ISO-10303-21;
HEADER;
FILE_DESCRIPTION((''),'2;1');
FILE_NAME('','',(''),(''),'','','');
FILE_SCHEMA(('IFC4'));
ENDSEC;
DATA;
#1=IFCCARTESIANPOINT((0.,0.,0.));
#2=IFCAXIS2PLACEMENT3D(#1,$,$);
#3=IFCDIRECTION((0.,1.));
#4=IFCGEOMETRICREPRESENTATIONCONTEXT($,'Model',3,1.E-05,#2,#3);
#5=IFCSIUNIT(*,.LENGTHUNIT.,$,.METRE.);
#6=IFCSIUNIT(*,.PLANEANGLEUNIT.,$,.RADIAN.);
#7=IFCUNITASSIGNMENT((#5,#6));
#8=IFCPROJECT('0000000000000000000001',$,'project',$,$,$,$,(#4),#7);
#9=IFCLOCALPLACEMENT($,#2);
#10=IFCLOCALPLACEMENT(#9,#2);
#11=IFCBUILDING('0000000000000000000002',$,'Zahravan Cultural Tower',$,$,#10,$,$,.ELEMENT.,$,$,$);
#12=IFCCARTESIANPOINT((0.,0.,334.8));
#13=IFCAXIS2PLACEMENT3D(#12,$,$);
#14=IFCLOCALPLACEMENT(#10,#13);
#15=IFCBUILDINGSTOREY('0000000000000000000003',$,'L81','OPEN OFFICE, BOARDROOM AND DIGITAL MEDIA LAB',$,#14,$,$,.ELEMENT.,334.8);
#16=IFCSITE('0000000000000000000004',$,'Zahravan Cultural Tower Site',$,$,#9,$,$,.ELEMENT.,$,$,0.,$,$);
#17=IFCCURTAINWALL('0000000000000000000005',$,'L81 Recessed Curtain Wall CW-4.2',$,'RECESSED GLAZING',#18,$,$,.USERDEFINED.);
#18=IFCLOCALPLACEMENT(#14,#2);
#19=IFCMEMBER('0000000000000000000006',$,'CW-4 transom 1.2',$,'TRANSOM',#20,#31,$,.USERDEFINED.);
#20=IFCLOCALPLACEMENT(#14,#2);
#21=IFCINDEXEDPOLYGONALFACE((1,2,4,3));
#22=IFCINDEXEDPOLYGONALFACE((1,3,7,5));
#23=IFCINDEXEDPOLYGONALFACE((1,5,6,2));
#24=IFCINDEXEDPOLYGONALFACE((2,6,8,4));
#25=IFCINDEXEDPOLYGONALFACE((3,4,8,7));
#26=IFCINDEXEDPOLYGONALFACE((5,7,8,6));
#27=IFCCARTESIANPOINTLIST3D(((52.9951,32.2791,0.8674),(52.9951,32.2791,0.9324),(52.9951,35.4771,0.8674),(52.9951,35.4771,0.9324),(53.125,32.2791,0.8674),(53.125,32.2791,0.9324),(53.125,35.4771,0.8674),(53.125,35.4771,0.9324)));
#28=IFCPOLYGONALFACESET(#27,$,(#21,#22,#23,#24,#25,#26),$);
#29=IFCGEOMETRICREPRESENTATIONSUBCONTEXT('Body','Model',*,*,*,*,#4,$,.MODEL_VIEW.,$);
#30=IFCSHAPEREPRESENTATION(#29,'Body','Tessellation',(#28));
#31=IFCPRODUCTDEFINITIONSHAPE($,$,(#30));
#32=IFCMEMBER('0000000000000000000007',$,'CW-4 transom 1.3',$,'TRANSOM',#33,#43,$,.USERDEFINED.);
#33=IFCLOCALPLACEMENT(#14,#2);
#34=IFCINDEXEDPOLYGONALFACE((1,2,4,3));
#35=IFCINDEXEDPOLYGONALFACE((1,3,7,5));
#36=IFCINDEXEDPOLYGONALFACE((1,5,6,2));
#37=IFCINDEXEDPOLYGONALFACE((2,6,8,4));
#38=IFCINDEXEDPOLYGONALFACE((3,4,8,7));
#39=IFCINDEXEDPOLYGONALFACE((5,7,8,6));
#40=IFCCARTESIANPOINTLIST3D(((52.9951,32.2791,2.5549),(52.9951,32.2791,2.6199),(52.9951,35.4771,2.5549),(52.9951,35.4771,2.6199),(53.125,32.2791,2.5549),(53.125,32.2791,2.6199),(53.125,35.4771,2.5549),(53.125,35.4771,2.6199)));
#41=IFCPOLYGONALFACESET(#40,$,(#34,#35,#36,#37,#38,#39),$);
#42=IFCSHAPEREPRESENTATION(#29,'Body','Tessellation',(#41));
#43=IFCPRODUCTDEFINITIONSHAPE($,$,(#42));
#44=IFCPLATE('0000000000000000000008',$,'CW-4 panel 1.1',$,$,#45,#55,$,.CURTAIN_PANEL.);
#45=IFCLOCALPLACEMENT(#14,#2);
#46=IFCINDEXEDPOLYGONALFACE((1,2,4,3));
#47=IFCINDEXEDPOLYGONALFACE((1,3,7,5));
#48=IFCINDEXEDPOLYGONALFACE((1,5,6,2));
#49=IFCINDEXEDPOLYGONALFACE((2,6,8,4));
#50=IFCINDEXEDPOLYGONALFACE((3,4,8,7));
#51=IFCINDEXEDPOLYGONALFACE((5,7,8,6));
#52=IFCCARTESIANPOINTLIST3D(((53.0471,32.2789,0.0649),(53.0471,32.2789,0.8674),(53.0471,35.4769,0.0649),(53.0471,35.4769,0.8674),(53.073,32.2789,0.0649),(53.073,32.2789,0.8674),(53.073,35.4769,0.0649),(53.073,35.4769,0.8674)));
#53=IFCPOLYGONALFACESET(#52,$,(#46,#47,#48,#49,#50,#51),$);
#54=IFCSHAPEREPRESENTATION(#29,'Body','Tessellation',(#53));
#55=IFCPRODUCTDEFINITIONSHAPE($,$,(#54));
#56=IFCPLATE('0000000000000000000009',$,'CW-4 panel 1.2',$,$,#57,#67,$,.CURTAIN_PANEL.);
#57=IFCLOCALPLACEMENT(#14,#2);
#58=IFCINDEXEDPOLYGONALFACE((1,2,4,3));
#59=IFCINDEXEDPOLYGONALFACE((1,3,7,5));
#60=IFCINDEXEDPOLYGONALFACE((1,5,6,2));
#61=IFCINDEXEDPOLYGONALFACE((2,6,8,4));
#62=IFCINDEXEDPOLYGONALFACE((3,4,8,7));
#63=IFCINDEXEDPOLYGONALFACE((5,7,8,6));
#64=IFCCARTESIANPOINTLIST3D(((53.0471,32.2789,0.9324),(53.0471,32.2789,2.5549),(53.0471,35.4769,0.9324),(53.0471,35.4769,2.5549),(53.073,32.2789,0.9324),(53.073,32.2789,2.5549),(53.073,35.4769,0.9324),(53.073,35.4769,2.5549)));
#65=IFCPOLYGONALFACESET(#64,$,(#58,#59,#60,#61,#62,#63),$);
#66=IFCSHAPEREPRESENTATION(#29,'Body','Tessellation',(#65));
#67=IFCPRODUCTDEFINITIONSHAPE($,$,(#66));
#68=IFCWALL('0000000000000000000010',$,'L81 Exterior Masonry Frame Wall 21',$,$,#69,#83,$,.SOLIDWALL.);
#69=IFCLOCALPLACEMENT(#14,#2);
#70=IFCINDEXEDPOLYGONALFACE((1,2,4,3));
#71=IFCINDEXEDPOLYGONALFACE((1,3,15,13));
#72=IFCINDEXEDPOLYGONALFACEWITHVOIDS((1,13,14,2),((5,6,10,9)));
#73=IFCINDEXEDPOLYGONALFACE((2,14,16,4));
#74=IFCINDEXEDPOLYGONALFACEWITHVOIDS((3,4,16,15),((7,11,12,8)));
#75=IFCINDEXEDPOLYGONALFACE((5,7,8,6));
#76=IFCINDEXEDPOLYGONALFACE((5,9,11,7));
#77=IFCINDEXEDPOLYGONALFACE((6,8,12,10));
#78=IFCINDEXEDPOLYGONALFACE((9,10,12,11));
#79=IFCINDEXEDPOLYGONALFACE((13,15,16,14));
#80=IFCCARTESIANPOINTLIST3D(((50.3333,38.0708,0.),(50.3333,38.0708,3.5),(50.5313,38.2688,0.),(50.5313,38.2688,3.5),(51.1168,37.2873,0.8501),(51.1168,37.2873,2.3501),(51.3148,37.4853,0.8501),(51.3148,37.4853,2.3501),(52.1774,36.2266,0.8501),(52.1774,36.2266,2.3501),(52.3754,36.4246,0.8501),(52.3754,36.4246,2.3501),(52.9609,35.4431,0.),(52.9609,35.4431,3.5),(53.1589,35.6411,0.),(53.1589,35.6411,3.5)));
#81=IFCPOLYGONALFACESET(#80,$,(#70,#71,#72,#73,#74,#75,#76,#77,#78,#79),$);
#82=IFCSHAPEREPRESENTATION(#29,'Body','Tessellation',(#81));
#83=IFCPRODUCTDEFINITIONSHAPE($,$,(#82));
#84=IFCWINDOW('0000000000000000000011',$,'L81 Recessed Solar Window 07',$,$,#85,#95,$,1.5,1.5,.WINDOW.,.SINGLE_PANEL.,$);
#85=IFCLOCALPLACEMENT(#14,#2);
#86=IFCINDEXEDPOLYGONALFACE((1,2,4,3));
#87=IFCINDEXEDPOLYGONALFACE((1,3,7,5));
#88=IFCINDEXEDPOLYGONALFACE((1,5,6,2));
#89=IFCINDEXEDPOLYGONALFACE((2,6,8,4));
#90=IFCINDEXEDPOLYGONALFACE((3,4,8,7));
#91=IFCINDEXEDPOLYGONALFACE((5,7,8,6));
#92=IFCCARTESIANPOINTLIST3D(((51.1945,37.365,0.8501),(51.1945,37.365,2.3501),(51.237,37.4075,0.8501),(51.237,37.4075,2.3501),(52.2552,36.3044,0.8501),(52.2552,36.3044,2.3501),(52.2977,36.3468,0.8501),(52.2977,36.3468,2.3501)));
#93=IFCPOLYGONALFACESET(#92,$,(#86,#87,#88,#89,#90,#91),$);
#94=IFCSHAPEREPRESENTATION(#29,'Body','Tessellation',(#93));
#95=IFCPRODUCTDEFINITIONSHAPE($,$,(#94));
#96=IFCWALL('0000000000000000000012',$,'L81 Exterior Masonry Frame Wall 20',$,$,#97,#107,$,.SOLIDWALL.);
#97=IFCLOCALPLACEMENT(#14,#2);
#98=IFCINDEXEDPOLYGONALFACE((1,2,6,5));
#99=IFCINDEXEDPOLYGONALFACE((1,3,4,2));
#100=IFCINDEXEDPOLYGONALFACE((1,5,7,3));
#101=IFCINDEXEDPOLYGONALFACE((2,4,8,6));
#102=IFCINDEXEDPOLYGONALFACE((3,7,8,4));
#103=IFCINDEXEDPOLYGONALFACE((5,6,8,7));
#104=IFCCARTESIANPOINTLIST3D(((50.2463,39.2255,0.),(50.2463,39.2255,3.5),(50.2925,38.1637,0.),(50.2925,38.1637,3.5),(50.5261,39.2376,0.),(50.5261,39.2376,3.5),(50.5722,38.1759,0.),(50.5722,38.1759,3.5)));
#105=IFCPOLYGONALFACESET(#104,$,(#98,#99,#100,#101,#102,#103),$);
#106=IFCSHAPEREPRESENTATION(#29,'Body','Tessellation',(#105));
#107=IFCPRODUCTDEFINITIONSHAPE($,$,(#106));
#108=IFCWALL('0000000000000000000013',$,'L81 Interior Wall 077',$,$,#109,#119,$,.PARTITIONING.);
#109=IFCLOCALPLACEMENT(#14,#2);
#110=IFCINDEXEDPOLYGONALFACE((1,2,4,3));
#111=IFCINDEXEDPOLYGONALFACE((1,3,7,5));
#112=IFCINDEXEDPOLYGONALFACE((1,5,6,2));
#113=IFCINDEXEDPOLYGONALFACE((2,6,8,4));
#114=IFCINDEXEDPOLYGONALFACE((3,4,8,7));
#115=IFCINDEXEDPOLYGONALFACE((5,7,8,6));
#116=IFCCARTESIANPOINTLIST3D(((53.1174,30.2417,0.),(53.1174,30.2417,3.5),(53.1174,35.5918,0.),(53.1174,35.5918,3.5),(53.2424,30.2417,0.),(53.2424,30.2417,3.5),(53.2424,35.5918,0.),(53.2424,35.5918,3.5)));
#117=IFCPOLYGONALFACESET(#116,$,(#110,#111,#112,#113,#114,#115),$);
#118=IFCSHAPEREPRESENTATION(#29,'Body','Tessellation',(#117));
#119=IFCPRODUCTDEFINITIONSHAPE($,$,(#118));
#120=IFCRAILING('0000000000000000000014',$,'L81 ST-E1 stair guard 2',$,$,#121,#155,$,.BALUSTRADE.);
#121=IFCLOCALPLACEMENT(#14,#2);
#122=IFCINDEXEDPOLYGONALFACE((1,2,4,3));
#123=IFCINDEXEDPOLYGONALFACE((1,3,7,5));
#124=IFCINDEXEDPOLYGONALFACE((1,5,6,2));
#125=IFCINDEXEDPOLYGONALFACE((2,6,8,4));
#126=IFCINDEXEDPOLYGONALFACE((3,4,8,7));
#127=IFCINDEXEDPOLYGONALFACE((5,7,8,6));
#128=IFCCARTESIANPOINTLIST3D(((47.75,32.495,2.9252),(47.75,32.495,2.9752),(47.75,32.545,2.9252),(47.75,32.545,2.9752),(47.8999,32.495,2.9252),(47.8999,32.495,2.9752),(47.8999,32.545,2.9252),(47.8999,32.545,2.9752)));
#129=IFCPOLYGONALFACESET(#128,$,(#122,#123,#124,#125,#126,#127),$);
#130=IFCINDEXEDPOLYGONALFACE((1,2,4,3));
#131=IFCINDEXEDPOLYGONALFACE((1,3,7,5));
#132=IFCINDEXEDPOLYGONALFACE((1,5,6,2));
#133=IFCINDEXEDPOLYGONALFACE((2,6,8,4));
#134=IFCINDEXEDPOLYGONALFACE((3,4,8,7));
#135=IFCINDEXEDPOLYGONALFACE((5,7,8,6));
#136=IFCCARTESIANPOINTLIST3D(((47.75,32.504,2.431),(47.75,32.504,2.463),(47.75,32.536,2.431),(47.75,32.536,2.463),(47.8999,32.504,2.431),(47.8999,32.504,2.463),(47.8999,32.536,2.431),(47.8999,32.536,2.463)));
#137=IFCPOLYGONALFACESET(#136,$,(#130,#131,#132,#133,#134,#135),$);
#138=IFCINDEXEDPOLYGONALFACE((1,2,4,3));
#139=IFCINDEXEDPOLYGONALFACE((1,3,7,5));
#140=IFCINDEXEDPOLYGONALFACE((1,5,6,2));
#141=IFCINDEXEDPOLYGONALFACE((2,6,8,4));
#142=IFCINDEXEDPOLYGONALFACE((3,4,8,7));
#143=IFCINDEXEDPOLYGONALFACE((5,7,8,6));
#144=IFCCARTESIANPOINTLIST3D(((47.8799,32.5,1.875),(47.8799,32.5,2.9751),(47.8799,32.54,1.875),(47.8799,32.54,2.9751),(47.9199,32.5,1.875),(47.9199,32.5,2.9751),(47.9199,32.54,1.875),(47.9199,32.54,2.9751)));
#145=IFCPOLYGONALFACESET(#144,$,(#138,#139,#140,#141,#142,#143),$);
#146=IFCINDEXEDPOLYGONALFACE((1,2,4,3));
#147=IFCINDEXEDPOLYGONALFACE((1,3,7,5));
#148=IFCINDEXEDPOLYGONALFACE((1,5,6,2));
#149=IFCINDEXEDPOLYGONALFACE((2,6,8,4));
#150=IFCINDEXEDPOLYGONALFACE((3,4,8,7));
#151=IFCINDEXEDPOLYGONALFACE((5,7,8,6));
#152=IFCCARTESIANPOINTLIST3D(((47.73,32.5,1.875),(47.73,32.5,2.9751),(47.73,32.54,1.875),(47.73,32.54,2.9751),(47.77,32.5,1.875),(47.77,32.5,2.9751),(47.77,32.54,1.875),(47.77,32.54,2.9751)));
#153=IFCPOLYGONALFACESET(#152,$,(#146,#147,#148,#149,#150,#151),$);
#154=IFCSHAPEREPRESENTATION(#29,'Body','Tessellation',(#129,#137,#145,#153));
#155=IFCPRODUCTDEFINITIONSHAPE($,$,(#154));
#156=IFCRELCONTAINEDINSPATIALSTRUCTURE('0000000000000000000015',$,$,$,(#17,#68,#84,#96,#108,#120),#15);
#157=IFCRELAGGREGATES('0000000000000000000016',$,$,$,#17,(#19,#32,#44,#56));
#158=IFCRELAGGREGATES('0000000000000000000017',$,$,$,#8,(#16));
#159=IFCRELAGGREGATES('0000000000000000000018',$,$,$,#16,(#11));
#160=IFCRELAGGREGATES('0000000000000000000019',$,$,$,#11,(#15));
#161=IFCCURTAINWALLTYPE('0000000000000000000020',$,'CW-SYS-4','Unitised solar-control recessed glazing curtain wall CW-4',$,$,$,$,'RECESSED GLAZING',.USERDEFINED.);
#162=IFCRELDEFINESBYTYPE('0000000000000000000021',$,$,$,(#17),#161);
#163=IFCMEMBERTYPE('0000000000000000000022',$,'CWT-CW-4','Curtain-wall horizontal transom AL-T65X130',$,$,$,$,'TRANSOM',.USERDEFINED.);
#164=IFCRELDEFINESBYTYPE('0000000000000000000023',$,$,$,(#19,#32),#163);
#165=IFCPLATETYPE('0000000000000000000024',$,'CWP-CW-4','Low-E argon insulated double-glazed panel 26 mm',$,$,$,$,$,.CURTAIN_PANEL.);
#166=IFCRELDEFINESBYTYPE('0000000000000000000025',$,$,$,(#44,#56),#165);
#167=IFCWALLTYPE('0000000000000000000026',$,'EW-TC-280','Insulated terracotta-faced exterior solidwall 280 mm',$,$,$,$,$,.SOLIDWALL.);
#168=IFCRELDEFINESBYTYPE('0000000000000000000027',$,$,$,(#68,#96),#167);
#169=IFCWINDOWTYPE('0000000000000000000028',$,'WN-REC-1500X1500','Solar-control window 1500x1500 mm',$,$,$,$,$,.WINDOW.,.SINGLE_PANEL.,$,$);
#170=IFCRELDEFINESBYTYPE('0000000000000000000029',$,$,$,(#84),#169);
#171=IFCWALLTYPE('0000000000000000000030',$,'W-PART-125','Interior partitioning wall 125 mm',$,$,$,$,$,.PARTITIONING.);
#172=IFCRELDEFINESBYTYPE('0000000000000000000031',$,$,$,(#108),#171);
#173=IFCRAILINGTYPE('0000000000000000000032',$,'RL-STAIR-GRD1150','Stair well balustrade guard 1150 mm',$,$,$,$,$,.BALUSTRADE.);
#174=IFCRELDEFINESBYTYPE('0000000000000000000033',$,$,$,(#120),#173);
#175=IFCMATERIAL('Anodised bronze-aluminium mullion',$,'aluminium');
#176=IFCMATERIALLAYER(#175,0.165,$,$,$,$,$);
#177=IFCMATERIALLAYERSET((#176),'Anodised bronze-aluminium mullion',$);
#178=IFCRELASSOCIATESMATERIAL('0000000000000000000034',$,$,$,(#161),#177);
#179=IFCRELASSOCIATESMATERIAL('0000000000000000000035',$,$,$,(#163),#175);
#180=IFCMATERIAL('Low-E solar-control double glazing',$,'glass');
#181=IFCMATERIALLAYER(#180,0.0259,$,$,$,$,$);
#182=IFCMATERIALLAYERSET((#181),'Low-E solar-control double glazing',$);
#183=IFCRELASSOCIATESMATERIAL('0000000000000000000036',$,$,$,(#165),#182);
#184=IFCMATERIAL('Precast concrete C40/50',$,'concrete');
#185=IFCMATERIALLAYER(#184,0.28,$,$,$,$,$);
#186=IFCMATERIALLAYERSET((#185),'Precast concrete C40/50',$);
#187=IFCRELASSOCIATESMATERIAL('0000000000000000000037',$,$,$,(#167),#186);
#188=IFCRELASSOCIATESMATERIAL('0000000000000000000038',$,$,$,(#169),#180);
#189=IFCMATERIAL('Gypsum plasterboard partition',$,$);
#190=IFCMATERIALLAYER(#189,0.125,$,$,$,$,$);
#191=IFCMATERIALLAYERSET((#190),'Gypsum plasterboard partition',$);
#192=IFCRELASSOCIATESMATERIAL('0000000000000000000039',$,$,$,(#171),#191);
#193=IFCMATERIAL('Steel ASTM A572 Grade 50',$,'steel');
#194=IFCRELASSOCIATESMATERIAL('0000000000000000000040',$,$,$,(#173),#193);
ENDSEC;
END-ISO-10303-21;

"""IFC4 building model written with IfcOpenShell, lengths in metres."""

from ifc_helpers import new_model, si_unit, direction, frame, frame_2d, origin, origin_2d, place, context, subcontext, project, spatial, rectangle, extrude, source, transform, mapped, material, layer, layer_set, material_profile, profile_set, type_object, element, fill, aggregate, save


model = new_model("IFC4")

# Units and contexts
model_context = context("Model", 3, precision=1e-05, world=origin(), true_north=direction((0.0, 1.0)))
body_context = subcontext(model_context, "Body", "Model", "MODEL_VIEW")
ifc_project = project(units=[si_unit("LENGTHUNIT", "METRE"), si_unit("PLANEANGLEUNIT", "RADIAN")], contexts=[model_context])

# Site, building, storey
site_placement = place(None, origin())
site = spatial("IfcSite", under=ifc_project, at=site_placement, Name="Zahravan Cultural Tower Site", CompositionType="ELEMENT", RefElevation=0.0)
building_placement = place(site_placement, origin())
building = spatial("IfcBuilding", under=site, at=building_placement, Name="Zahravan Cultural Tower", CompositionType="ELEMENT")
storey_placement = place(building_placement, frame((0.0, 0.0, 334.8)))
storey = spatial("IfcBuildingStorey", under=building, at=storey_placement, Name="L81", Description="OPEN OFFICE, BOARDROOM AND DIGITAL MEDIA LAB", CompositionType="ELEMENT", Elevation=334.8)

# Curtain wall, members, plates
ifc_material_1 = material(Name="Anodised bronze-aluminium mullion", Category="aluminium")
ifc_layer_1 = layer(ifc_material_1, 0.165)
ifc_layer_set_1 = layer_set([ifc_layer_1], Name="Anodised bronze-aluminium mullion")
curtain_wall_type = type_object("IfcCurtainWallType", Name="CW-SYS-4", Description="Unitised solar-control recessed glazing curtain wall CW-4", ElementType="RECESSED GLAZING", PredefinedType="USERDEFINED", material=ifc_layer_set_1)
curtain_wall_placement = place(storey_placement, origin())
curtain_wall = element("IfcCurtainWall", 1, at=curtain_wall_placement, inside=storey, type_object=curtain_wall_type, Name="L81 Recessed Curtain Wall CW-4.2", ObjectType="RECESSED GLAZING", PredefinedType="USERDEFINED")
ifc_material_profile_1 = material_profile(ifc_material_1, rectangle(XDim=0.1299, YDim=0.0649, at=origin_2d()), Name="AL-T65X130")
ifc_profile_set_1 = profile_set([ifc_material_profile_1], Name="Anodised bronze-aluminium mullion")
member_type_1 = type_object("IfcMemberType", Name="CWT-CW-4", Description="Curtain-wall horizontal transom AL-T65X130", ElementType="TRANSOM", PredefinedType="USERDEFINED", material=ifc_profile_set_1)
shared_shape_1 = source(origin(), body_context, "Body", "SweptSolid", [
    extrude(rectangle(XDim=0.1299, YDim=0.0649, at=origin_2d()), origin(), (0.0, 0.0, 1.0), 3.198),
])
member_1_placement = place(storey_placement, frame((53.0601, 35.4771, 0.8999), z_axis=(0.0, -1.0, 0.0), x_axis=(1.0, 0.0, 0.0)))
member_1 = element("IfcMember", 2, at=member_1_placement, type_object=member_type_1, Name="CW-4 transom 1.2", ObjectType="TRANSOM", PredefinedType="USERDEFINED", context=body_context, shape_type="MappedRepresentation", body=[
    mapped(shared_shape_1, transform((0.0, 0.0, 0.0), x_axis=(1.0, 0.0, 0.0), y_axis=(0.0, 1.0, 0.0), z_axis=(0.0, 0.0, 1.0), scale=1.0)),
])
member_2_placement = place(storey_placement, frame((53.0601, 35.4771, 2.5874), z_axis=(0.0, -1.0, 0.0), x_axis=(1.0, 0.0, 0.0)))
member_2 = element("IfcMember", 3, at=member_2_placement, type_object=member_type_1, Name="CW-4 transom 1.3", ObjectType="TRANSOM", PredefinedType="USERDEFINED", context=body_context, shape_type="MappedRepresentation", body=[
    mapped(shared_shape_1, transform((0.0, 0.0, 0.0), x_axis=(1.0, 0.0, 0.0), y_axis=(0.0, 1.0, 0.0), z_axis=(0.0, 0.0, 1.0), scale=1.0)),
])
ifc_material_2 = material(Name="Low-E solar-control double glazing", Category="glass")
ifc_layer_2 = layer(ifc_material_2, 0.0259)
ifc_layer_set_2 = layer_set([ifc_layer_2], Name="Low-E solar-control double glazing")
plate_type = type_object("IfcPlateType", Name="CWP-CW-4", Description="Low-E argon insulated double-glazed panel 26 mm", PredefinedType="CURTAIN_PANEL", material=ifc_layer_set_2)
shared_shape_2 = source(origin(), body_context, "Body", "SweptSolid", [
    extrude(rectangle(XDim=3.198, YDim=0.0259, at=origin_2d()), origin(), (0.0, 0.0, 1.0), 0.8025),
])
plate_1_placement = place(storey_placement, frame((53.0601, 33.8779, 0.0649), z_axis=(0.0, 0.0, 1.0), x_axis=(0.0, -1.0, 0.0)))
plate_1 = element("IfcPlate", 4, at=plate_1_placement, type_object=plate_type, Name="CW-4 panel 1.1", PredefinedType="CURTAIN_PANEL", context=body_context, shape_type="MappedRepresentation", body=[
    mapped(shared_shape_2, transform((0.0, 0.0, 0.0), x_axis=(1.0, 0.0, 0.0), y_axis=(0.0, 1.0, 0.0), z_axis=(0.0, 0.0, 1.0), scale=1.0)),
])
shared_shape_3 = source(origin(), body_context, "Body", "SweptSolid", [
    extrude(rectangle(XDim=3.198, YDim=0.0259, at=origin_2d()), origin(), (0.0, 0.0, 1.0), 1.6226),
])
plate_2_placement = place(storey_placement, frame((53.0601, 33.8779, 0.9324), z_axis=(0.0, 0.0, 1.0), x_axis=(0.0, -1.0, 0.0)))
plate_2 = element("IfcPlate", 5, at=plate_2_placement, type_object=plate_type, Name="CW-4 panel 1.2", PredefinedType="CURTAIN_PANEL", context=body_context, shape_type="MappedRepresentation", body=[
    mapped(shared_shape_3, transform((0.0, 0.0, 0.0), x_axis=(1.0, 0.0, 0.0), y_axis=(0.0, 1.0, 0.0), z_axis=(0.0, 0.0, 1.0), scale=1.0)),
])
aggregate(curtain_wall, [member_1, member_2, plate_1, plate_2])

# Wall, opening, window
ifc_material_3 = material(Name="Precast concrete C40/50", Category="concrete")
ifc_layer_3 = layer(ifc_material_3, 0.28)
ifc_layer_set_3 = layer_set([ifc_layer_3], Name="Precast concrete C40/50")
wall_type_1 = type_object("IfcWallType", Name="EW-TC-280", Description="Insulated terracotta-faced exterior solidwall 280 mm", PredefinedType="SOLIDWALL", material=ifc_layer_set_3)
wall_1_placement = place(storey_placement, frame((50.4324, 38.1697, 0.0), z_axis=(0.0, 0.0, 1.0), x_axis=(0.707107, -0.707107, 0.0)))
wall_1 = element("IfcWall", 6, at=wall_1_placement, inside=storey, type_object=wall_type_1, Name="L81 Exterior Masonry Frame Wall 21", PredefinedType="SOLIDWALL", context=body_context, shape_type="SweptSolid", body=[
    extrude(rectangle(XDim=3.7161, YDim=0.28, at=frame_2d((1.8579, 0.0))), origin(), (0.0, 0.0, 1.0), 3.5),
])
opening_placement = place(wall_1_placement, frame((1.1079, 0.0, 0.8501)))
opening = element("IfcOpeningElement", 7, at=opening_placement, cuts=wall_1, PredefinedType="OPENING", context=body_context, shape_type="SweptSolid", body=[
    extrude(rectangle(XDim=1.5, YDim=1.5, at=frame_2d((0.75, 0.75))), frame((0.0, 0.1499, 0.0), z_axis=(0.0, -1.0, 0.0), x_axis=(1.0, 0.0, 0.0)), (0.0, 0.0, 1.0), 0.3),
])
window_type = type_object("IfcWindowType", Name="WN-REC-1500X1500", Description="Solar-control window 1500x1500 mm", PartitioningType="SINGLE_PANEL", PredefinedType="WINDOW", material=ifc_material_2)
shared_shape_4 = source(origin(), body_context, "Body", "SweptSolid", [
    extrude(rectangle(XDim=1.5, YDim=1.5, at=frame_2d((0.75, 0.75))), frame((0.0, 0.03, 0.0), z_axis=(0.0, -1.0, 0.0), x_axis=(1.0, 0.0, 0.0)), (0.0, 0.0, 1.0), 0.0601),
])
window_placement = place(opening_placement, origin())
window = element("IfcWindow", 8, at=window_placement, inside=storey, type_object=window_type, Name="L81 Recessed Solar Window 07", OverallHeight=1.5, OverallWidth=1.5, PartitioningType="SINGLE_PANEL", PredefinedType="WINDOW", context=body_context, shape_type="MappedRepresentation", body=[
    mapped(shared_shape_4, transform((0.0, 0.0, 0.0), x_axis=(1.0, 0.0, 0.0), y_axis=(0.0, 1.0, 0.0), z_axis=(0.0, 0.0, 1.0), scale=1.0)),
])
fill(opening, window)

# Walls
shared_shape_5 = source(origin(), body_context, "Body", "SweptSolid", [
    extrude(rectangle(XDim=1.0627, YDim=0.28, at=frame_2d((0.5312, 0.0))), origin(), (0.0, 0.0, 1.0), 3.5),
])
wall_2_placement = place(storey_placement, frame((50.3862, 39.2314, 0.0), z_axis=(0.0, 0.0, 1.0), x_axis=(0.043417, -0.999057, 0.0)))
element("IfcWall", 9, at=wall_2_placement, inside=storey, type_object=wall_type_1, Name="L81 Exterior Masonry Frame Wall 20", PredefinedType="SOLIDWALL", context=body_context, shape_type="MappedRepresentation", body=[
    mapped(shared_shape_5, transform((0.0, 0.0, 0.0), x_axis=(1.0, 0.0, 0.0), y_axis=(0.0, 1.0, 0.0), z_axis=(0.0, 0.0, 1.0), scale=1.0)),
])
ifc_material_4 = material(Name="Gypsum plasterboard partition")
ifc_layer_4 = layer(ifc_material_4, 0.125)
ifc_layer_set_4 = layer_set([ifc_layer_4], Name="Gypsum plasterboard partition")
wall_type_2 = type_object("IfcWallType", Name="W-PART-125", Description="Interior partitioning wall 125 mm", PredefinedType="PARTITIONING", material=ifc_layer_set_4)
shared_shape_6 = source(origin(), body_context, "Body", "SweptSolid", [
    extrude(rectangle(XDim=5.3501, YDim=0.125, at=frame_2d((2.675, 0.0))), origin(), (0.0, 0.0, 1.0), 3.5),
])
wall_3_placement = place(storey_placement, frame((53.1799, 35.5918, 0.0), z_axis=(0.0, 0.0, 1.0), x_axis=(0.0, -1.0, 0.0)))
element("IfcWall", 10, at=wall_3_placement, inside=storey, type_object=wall_type_2, Name="L81 Interior Wall 077", PredefinedType="PARTITIONING", context=body_context, shape_type="MappedRepresentation", body=[
    mapped(shared_shape_6, transform((0.0, 0.0, 0.0), x_axis=(1.0, 0.0, 0.0), y_axis=(0.0, 1.0, 0.0), z_axis=(0.0, 0.0, 1.0), scale=1.0)),
])

# Railing
ifc_material_5 = material(Name="Steel ASTM A572 Grade 50", Category="steel")
railing_type = type_object("IfcRailingType", Name="RL-STAIR-GRD1150", Description="Stair well balustrade guard 1150 mm", PredefinedType="BALUSTRADE", material=ifc_material_5)
railing_1_placement = place(storey_placement, frame((47.8999, 32.52, 1.875)))
element("IfcRailing", 11, at=railing_1_placement, inside=storey, type_object=railing_type, Name="L81 ST-E1 stair guard 2", PredefinedType="BALUSTRADE", context=body_context, shape_type="SweptSolid", body=[
    extrude(rectangle(XDim=0.05, YDim=0.05, at=origin_2d()), frame((0.0, 0.0, 1.0752), z_axis=(-1.0, 0.0, 0.0), x_axis=(0.0, -1.0, 0.0)), (0.0, 0.0, 1.0), 0.1499),
    extrude(rectangle(XDim=0.032, YDim=0.032, at=origin_2d()), frame((0.0, 0.0, 0.572), z_axis=(-1.0, 0.0, 0.0), x_axis=(0.0, -1.0, 0.0)), (0.0, 0.0, 1.0), 0.1499),
    extrude(rectangle(XDim=0.04, YDim=0.04, at=origin_2d()), origin(), (0.0, 0.0, 1.0), 1.1001),
    extrude(rectangle(XDim=0.04, YDim=0.04, at=origin_2d()), frame((-0.1499, 0.0, 0.0)), (0.0, 0.0, 1.0), 1.1001),
])

save(model, "model.ifc")
